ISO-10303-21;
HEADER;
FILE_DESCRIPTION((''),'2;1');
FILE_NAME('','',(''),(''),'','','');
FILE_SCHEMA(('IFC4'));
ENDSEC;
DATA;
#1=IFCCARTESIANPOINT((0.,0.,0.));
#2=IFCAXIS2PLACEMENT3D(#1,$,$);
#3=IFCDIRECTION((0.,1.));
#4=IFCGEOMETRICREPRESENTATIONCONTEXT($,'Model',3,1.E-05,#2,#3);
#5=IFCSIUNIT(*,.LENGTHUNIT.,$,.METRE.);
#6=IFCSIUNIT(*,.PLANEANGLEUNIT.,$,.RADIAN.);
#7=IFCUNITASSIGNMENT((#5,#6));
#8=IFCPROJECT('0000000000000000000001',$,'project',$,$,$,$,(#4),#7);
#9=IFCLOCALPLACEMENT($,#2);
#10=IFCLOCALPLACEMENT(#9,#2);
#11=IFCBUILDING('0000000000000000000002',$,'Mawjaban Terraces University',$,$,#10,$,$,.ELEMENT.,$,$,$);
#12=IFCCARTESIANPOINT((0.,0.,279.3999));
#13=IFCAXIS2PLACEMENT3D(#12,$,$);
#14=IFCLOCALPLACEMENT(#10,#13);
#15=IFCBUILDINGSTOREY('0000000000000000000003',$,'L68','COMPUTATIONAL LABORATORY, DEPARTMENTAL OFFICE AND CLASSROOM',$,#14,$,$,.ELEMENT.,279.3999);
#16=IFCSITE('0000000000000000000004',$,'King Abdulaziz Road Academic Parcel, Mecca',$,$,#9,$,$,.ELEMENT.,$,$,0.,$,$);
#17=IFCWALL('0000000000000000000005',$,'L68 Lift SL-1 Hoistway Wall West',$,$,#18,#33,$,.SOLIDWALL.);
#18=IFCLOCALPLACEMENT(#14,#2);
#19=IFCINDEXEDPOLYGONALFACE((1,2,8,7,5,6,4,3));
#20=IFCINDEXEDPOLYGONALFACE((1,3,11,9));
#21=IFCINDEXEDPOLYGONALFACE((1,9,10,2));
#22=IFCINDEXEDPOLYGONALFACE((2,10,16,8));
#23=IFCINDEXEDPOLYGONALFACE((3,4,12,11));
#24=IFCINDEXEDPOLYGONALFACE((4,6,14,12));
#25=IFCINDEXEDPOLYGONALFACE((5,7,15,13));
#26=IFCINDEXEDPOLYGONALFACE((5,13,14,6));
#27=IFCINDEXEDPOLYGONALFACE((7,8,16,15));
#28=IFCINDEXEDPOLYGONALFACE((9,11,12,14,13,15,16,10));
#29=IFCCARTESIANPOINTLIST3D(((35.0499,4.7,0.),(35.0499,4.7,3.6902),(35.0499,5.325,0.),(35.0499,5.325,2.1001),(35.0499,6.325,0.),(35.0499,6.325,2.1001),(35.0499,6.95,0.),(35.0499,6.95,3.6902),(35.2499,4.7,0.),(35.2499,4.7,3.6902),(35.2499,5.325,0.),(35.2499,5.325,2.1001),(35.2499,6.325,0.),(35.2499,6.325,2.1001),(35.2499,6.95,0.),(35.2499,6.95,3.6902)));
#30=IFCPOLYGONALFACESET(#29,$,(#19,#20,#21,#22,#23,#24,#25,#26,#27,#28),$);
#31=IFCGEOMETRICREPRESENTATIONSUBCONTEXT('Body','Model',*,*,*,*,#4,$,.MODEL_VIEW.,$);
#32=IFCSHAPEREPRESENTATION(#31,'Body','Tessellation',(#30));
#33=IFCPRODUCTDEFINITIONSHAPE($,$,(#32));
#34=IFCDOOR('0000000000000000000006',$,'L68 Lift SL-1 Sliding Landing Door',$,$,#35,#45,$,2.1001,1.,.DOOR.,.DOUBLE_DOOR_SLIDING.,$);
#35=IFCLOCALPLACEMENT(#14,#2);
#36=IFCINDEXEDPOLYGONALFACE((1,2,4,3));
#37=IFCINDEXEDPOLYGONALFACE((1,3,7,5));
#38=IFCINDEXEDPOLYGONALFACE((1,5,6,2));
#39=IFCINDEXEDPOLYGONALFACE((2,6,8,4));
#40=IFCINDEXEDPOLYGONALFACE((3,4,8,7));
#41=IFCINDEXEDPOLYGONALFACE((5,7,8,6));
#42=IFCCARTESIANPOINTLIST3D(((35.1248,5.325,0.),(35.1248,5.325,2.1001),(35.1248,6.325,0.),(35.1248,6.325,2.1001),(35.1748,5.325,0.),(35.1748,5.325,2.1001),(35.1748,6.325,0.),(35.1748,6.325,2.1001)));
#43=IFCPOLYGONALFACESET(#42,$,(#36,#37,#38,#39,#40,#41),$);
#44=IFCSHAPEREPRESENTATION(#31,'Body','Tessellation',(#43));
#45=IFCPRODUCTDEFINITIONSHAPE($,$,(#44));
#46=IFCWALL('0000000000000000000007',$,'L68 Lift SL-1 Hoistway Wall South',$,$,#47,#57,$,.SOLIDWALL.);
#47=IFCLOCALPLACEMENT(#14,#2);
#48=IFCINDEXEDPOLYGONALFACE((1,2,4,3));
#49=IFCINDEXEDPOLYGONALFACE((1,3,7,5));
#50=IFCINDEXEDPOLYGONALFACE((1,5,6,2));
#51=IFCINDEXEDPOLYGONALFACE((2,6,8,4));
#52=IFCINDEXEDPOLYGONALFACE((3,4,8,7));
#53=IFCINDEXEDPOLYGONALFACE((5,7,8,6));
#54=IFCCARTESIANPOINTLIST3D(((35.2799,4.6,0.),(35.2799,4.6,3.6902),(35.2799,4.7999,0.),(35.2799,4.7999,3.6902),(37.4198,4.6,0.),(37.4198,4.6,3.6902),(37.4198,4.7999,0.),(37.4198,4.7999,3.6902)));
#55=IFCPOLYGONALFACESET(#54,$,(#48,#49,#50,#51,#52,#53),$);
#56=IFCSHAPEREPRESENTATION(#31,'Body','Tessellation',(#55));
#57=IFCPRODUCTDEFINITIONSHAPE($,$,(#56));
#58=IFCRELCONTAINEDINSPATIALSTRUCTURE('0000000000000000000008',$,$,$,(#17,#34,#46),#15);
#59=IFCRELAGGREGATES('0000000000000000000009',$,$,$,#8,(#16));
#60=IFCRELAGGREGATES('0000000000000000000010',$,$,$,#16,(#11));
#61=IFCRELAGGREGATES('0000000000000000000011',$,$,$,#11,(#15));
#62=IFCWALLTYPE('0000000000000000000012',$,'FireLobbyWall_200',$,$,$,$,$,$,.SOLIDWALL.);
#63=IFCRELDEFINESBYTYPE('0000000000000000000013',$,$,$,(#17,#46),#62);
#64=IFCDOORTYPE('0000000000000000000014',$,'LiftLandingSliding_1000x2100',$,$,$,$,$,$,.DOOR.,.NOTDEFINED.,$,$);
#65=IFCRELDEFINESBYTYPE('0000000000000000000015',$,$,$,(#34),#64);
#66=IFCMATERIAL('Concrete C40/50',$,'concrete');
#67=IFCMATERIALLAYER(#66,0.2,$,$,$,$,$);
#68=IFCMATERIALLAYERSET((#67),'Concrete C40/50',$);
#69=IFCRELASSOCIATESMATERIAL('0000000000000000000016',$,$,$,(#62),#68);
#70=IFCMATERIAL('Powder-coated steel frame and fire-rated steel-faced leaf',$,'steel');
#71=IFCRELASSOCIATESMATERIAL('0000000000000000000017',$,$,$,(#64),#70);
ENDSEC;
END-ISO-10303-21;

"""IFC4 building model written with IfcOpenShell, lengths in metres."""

from ifc_helpers import new_model, si_unit, direction, frame, frame_2d, origin, place, context, subcontext, project, spatial, rectangle, extrude, material, layer, layer_set, type_object, element, fill, save


model = new_model("IFC4")

# Units and contexts
model_context = context("Model", 3, precision=1e-05, world=origin(), true_north=direction((0.0, 1.0)))
body_context = subcontext(model_context, "Body", "Model", "MODEL_VIEW")
ifc_project = project(units=[si_unit("LENGTHUNIT", "METRE"), si_unit("PLANEANGLEUNIT", "RADIAN")], contexts=[model_context])

# Site, building, storey
site_placement = place(None, origin())
site = spatial("IfcSite", under=ifc_project, at=site_placement, Name="King Abdulaziz Road Academic Parcel, Mecca", CompositionType="ELEMENT", RefElevation=0.0)
building_placement = place(site_placement, origin())
building = spatial("IfcBuilding", under=site, at=building_placement, Name="Mawjaban Terraces University", CompositionType="ELEMENT")
storey_placement = place(building_placement, frame((0.0, 0.0, 279.3999)))
storey = spatial("IfcBuildingStorey", under=building, at=storey_placement, Name="L68", Description="COMPUTATIONAL LABORATORY, DEPARTMENTAL OFFICE AND CLASSROOM", CompositionType="ELEMENT", Elevation=279.3999)

# Shared definitions
ifc_material_1 = material(Name="Concrete C40/50", Category="concrete")
ifc_layer_1 = layer(ifc_material_1, 0.2)
ifc_layer_set_1 = layer_set([ifc_layer_1], Name="Concrete C40/50")
wall_type_1 = type_object("IfcWallType", Name="FireLobbyWall_200", PredefinedType="SOLIDWALL", material=ifc_layer_set_1)
ifc_material_2 = material(Name="Powder-coated steel frame and fire-rated steel-faced leaf", Category="steel")

# Wall, opening, door
wall_1_placement = place(storey_placement, frame((35.1499, 6.95, 0.0), z_axis=(0.0, 0.0, 1.0), x_axis=(0.0, -1.0, 0.0)))
wall_1 = element("IfcWall", 1, at=wall_1_placement, inside=storey, type_object=wall_type_1, Name="L68 Lift SL-1 Hoistway Wall West", PredefinedType="SOLIDWALL", context=body_context, shape_type="SweptSolid", body=[
    extrude(rectangle(XDim=2.25, YDim=0.2, at=frame_2d((1.125, 0.0))), origin(), (0.0, 0.0, 1.0), 3.6902),
])
opening_1_placement = place(wall_1_placement, frame((0.625, 0.0, 0.0)))
opening_1 = element("IfcOpeningElement", 2, at=opening_1_placement, cuts=wall_1, PredefinedType="OPENING", context=body_context, shape_type="SweptSolid", body=[
    extrude(rectangle(XDim=1.0, YDim=2.1001, at=frame_2d((0.5, 1.05))), frame((0.0, 0.1099, 0.0), z_axis=(0.0, -1.0, 0.0), x_axis=(1.0, 0.0, 0.0)), (0.0, 0.0, 1.0), 0.22),
])
door_type_1 = type_object("IfcDoorType", Name="LiftLandingSliding_1000x2100", OperationType="NOTDEFINED", PredefinedType="DOOR", material=ifc_material_2)
door_1_placement = place(opening_1_placement, origin())
door_1 = element("IfcDoor", 3, at=door_1_placement, inside=storey, type_object=door_type_1, Name="L68 Lift SL-1 Sliding Landing Door", OperationType="DOUBLE_DOOR_SLIDING", OverallHeight=2.1001, OverallWidth=1.0, PredefinedType="DOOR", context=body_context, shape_type="SweptSolid", body=[
    extrude(rectangle(XDim=1.0, YDim=2.1001, at=frame_2d((0.5, 1.05))), frame((0.0, 0.0249, 0.0), z_axis=(0.0, -1.0, 0.0), x_axis=(1.0, 0.0, 0.0)), (0.0, 0.0, 1.0), 0.05),
])
fill(opening_1, door_1)

# Wall
wall_2_placement = place(storey_placement, frame((35.28, 4.7, 0.0), z_axis=(0.0, 0.0, 1.0), x_axis=(1.0, 0.0, 0.0)))
element("IfcWall", 4, at=wall_2_placement, inside=storey, type_object=wall_type_1, Name="L68 Lift SL-1 Hoistway Wall South", PredefinedType="SOLIDWALL", context=body_context, shape_type="SweptSolid", body=[
    extrude(rectangle(XDim=2.1399, YDim=0.2, at=frame_2d((1.0698, 0.0))), origin(), (0.0, 0.0, 1.0), 3.6902),
])

save(model, "model.ifc")
